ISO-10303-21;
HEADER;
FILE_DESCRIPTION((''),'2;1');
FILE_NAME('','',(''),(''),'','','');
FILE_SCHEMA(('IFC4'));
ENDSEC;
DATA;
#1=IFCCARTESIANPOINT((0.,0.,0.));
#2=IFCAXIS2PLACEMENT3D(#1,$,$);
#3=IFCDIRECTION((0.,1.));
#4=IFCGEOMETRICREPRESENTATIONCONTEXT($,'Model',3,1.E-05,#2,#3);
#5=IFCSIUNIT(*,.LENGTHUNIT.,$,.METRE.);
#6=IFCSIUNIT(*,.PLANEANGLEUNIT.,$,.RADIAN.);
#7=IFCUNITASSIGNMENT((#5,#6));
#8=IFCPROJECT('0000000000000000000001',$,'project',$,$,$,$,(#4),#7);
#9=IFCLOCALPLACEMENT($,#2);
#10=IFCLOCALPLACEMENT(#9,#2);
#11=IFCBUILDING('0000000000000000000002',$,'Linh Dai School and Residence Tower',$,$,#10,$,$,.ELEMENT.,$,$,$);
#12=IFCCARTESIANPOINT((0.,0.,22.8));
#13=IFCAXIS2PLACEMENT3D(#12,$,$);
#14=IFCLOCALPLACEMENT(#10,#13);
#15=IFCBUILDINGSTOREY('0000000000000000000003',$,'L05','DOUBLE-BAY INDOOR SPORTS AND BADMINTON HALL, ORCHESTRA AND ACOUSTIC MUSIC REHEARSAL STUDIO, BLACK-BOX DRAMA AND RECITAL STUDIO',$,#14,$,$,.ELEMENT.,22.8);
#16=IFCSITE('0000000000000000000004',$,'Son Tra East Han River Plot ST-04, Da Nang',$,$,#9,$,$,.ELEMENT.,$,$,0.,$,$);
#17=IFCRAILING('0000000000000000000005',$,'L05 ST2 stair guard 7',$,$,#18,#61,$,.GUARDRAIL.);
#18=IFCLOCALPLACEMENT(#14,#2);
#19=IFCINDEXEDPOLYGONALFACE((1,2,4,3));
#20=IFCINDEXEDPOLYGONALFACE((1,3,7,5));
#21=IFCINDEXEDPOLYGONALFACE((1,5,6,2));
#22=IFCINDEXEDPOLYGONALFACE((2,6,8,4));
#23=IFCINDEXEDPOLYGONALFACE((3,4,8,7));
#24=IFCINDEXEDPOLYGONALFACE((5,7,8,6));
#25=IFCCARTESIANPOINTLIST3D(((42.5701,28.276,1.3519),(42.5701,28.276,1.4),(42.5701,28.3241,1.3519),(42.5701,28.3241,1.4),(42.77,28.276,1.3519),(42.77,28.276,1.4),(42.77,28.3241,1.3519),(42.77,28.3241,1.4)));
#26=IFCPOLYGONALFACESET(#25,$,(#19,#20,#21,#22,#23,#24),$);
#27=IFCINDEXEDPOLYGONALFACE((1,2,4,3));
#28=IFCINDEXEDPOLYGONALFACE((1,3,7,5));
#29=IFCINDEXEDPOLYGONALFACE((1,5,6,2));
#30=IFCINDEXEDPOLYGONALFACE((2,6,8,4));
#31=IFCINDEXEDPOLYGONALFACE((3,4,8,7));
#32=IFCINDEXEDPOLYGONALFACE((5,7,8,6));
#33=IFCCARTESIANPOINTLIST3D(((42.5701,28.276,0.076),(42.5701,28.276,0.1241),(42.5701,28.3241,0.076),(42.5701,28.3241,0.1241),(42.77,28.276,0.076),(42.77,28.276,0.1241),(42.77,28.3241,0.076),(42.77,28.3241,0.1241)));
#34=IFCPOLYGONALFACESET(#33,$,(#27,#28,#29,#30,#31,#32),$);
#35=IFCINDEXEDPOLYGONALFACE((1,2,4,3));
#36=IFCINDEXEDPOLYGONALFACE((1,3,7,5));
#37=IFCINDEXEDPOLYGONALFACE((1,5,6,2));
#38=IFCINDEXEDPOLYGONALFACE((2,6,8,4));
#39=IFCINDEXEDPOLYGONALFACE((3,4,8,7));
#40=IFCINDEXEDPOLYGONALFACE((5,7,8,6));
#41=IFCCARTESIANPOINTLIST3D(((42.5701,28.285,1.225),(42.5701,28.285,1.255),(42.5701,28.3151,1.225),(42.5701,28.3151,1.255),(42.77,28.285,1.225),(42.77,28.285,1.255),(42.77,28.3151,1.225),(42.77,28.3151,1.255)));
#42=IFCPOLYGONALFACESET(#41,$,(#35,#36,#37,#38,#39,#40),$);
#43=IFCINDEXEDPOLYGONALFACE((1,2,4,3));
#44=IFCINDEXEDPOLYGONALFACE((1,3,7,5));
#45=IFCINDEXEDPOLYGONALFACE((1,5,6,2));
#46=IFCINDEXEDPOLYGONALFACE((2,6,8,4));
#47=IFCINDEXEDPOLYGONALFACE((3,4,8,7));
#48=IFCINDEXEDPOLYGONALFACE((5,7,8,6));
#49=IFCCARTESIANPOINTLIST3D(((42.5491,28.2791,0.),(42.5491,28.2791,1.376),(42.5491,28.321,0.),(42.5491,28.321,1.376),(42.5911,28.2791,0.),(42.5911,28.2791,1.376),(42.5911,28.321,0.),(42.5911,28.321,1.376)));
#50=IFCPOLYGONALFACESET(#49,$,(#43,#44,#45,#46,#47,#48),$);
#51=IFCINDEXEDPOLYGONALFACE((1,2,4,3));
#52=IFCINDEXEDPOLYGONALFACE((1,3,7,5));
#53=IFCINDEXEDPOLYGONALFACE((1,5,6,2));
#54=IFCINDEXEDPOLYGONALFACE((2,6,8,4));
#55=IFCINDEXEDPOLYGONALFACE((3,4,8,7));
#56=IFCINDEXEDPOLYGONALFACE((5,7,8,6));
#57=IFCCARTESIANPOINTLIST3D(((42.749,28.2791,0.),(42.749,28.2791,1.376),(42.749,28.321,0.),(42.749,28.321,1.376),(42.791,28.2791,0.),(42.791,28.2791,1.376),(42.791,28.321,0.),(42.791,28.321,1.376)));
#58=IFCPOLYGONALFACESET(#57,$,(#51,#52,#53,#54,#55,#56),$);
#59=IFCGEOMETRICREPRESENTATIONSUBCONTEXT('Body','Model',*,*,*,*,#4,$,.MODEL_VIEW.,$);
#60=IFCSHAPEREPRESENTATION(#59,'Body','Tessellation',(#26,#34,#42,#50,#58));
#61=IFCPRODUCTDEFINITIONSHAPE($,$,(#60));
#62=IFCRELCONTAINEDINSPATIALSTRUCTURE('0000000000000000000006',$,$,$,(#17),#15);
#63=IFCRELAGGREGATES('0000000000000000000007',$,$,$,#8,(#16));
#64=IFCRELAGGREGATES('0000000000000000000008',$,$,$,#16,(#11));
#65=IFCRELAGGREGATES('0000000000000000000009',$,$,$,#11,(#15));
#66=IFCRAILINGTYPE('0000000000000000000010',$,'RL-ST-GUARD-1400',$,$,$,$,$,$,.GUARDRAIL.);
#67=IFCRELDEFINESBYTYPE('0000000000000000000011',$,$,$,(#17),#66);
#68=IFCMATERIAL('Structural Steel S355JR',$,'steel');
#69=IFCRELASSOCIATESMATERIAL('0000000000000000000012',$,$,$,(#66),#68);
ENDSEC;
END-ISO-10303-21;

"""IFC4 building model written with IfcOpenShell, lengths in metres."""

from ifc_helpers import new_model, si_unit, direction, frame, origin, origin_2d, place, context, subcontext, project, spatial, rectangle, extrude, source, transform, mapped, material, type_object, element, save


model = new_model("IFC4")

# Units and contexts
model_context = context("Model", 3, precision=1e-05, world=origin(), true_north=direction((0.0, 1.0)))
body_context = subcontext(model_context, "Body", "Model", "MODEL_VIEW")
ifc_project = project(units=[si_unit("LENGTHUNIT", "METRE"), si_unit("PLANEANGLEUNIT", "RADIAN")], contexts=[model_context])

# Site, building, storey
site_placement = place(None, origin())
site = spatial("IfcSite", under=ifc_project, at=site_placement, Name="Son Tra East Han River Plot ST-04, Da Nang", CompositionType="ELEMENT", RefElevation=0.0)
building_placement = place(site_placement, origin())
building = spatial("IfcBuilding", under=site, at=building_placement, Name="Linh Dai School and Residence Tower", CompositionType="ELEMENT")
storey_placement = place(building_placement, frame((0.0, 0.0, 22.8)))
storey = spatial("IfcBuildingStorey", under=building, at=storey_placement, Name="L05", Description="DOUBLE-BAY INDOOR SPORTS AND BADMINTON HALL, ORCHESTRA AND ACOUSTIC MUSIC REHEARSAL STUDIO, BLACK-BOX DRAMA AND RECITAL STUDIO", CompositionType="ELEMENT", Elevation=22.8)

# Shared definitions
ifc_material_1 = material(Name="Structural Steel S355JR", Category="steel")

# Railing
railing_type_1 = type_object("IfcRailingType", Name="RL-ST-GUARD-1400", PredefinedType="GUARDRAIL", material=ifc_material_1)
shared_shape_1 = source(origin(), body_context, "Body", "SweptSolid", [
    extrude(rectangle(XDim=0.0481, YDim=0.0481, at=origin_2d()), frame((0.0, 0.0, 1.376), z_axis=(1.0, 0.0, 0.0), x_axis=(0.0, 1.0, 0.0)), (0.0, 0.0, 1.0), 0.2),
    extrude(rectangle(XDim=0.0481, YDim=0.0481, at=origin_2d()), frame((0.0, 0.0, 0.1001), z_axis=(1.0, 0.0, 0.0), x_axis=(0.0, 1.0, 0.0)), (0.0, 0.0, 1.0), 0.2),
    extrude(rectangle(XDim=0.03, YDim=0.03, at=origin_2d()), frame((0.0, 0.0, 1.24), z_axis=(1.0, 0.0, 0.0), x_axis=(0.0, 1.0, 0.0)), (0.0, 0.0, 1.0), 0.2),
    extrude(rectangle(XDim=0.042, YDim=0.042, at=origin_2d()), origin(), (0.0, 0.0, 1.0), 1.376),
    extrude(rectangle(XDim=0.042, YDim=0.042, at=origin_2d()), frame((0.2, 0.0, 0.0)), (0.0, 0.0, 1.0), 1.376),
])
railing_1_placement = place(storey_placement, frame((42.5701, 28.3, 0.0)))
element("IfcRailing", 1, at=railing_1_placement, inside=storey, type_object=railing_type_1, Name="L05 ST2 stair guard 7", PredefinedType="GUARDRAIL", context=body_context, shape_type="MappedRepresentation", body=[
    mapped(shared_shape_1, transform((0.0, 0.0, 0.0), x_axis=(1.0, 0.0, 0.0), y_axis=(0.0, 1.0, 0.0), z_axis=(0.0, 0.0, 1.0), scale=1.0)),
])

save(model, "model.ifc")
